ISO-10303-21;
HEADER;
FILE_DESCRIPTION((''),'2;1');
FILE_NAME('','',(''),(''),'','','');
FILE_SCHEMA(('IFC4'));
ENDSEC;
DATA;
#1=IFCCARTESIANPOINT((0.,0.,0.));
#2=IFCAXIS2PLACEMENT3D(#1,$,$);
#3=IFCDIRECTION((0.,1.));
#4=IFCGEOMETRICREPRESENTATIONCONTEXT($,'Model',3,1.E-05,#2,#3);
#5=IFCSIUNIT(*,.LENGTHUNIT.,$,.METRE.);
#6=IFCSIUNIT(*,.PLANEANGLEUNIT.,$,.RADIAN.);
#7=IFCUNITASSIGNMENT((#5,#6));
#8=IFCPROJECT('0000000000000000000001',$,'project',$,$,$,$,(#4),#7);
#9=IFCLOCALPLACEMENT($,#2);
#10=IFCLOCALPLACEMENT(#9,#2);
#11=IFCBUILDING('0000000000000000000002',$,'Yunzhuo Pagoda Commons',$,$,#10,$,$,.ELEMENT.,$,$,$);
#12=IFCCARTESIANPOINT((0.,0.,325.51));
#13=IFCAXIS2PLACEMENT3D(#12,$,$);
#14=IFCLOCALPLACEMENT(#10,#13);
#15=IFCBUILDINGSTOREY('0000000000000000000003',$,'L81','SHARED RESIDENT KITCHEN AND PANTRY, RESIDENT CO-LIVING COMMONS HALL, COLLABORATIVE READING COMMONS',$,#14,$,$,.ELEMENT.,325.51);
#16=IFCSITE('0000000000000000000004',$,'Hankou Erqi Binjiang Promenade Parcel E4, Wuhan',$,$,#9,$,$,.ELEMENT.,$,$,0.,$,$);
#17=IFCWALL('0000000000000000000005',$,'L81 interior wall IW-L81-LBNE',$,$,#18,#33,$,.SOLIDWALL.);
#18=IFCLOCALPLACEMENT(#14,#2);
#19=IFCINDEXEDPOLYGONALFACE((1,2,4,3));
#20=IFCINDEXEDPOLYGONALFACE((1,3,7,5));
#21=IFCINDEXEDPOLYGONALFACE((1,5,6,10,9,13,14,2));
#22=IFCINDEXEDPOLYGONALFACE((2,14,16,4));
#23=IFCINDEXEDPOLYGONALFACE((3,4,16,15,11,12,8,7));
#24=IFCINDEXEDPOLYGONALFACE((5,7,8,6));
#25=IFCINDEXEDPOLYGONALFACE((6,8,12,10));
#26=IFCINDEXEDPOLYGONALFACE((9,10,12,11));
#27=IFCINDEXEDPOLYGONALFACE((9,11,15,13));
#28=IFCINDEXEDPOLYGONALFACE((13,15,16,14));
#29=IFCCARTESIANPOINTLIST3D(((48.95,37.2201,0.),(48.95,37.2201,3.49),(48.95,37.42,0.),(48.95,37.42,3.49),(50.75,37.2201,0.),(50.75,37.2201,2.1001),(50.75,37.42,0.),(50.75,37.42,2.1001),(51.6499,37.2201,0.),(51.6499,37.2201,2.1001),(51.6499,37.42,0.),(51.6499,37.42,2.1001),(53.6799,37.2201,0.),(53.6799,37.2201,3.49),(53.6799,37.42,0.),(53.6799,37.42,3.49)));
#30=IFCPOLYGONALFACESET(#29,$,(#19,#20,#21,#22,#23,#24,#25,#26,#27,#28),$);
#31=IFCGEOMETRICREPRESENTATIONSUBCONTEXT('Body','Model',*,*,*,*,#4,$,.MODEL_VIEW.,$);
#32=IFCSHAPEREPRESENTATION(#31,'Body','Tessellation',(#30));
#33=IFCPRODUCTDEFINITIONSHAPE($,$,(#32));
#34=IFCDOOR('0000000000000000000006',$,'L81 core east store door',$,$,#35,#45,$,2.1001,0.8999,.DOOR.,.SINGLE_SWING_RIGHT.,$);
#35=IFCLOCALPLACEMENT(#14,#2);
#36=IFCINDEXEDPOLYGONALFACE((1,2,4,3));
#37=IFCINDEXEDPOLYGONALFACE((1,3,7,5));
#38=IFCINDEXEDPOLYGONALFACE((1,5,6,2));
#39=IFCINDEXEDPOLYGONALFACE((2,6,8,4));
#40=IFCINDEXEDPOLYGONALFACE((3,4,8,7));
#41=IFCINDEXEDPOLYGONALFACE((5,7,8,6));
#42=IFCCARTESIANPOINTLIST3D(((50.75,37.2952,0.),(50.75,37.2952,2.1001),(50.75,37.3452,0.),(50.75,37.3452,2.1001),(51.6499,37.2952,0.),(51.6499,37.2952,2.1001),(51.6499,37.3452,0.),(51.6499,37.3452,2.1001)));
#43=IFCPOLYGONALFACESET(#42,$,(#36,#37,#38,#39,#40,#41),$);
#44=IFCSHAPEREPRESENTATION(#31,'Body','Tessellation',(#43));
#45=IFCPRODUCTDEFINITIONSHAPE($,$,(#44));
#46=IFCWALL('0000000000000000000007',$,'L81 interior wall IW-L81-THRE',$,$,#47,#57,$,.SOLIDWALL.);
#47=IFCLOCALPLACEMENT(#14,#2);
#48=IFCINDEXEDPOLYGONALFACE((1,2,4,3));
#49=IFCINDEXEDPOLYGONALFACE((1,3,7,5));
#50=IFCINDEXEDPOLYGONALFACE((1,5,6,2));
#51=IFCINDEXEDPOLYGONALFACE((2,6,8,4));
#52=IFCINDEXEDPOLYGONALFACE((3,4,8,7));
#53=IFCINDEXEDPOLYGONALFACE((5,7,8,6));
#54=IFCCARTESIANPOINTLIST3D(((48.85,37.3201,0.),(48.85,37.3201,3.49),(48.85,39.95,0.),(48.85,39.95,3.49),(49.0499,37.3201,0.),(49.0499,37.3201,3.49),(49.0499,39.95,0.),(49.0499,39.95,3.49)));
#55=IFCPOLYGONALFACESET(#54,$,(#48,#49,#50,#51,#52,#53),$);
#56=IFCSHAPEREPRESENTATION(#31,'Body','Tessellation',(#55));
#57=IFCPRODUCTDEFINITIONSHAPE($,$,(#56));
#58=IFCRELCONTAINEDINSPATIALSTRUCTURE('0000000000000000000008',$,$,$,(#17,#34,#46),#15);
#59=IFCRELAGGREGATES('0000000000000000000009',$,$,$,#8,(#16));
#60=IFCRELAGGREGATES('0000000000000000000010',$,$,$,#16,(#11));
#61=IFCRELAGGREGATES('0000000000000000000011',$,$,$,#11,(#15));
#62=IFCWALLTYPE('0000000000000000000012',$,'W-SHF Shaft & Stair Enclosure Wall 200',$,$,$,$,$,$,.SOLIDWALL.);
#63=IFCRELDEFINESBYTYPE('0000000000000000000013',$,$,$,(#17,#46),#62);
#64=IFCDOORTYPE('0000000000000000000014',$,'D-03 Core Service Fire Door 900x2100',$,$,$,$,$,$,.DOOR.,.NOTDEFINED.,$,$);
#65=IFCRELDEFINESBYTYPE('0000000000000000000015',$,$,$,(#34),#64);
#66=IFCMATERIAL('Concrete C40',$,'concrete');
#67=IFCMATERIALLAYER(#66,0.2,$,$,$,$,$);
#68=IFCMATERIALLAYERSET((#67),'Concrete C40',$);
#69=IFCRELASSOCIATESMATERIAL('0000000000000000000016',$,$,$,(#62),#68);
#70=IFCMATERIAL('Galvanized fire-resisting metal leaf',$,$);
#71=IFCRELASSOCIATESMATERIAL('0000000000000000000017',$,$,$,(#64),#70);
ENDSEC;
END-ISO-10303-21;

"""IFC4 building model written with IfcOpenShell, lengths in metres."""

from ifc_helpers import new_model, si_unit, direction, frame, frame_2d, origin, place, context, subcontext, project, spatial, rectangle, extrude, source, transform, mapped, material, layer, layer_set, type_object, element, fill, save


model = new_model("IFC4")

# Units and contexts
model_context = context("Model", 3, precision=1e-05, world=origin(), true_north=direction((0.0, 1.0)))
body_context = subcontext(model_context, "Body", "Model", "MODEL_VIEW")
ifc_project = project(units=[si_unit("LENGTHUNIT", "METRE"), si_unit("PLANEANGLEUNIT", "RADIAN")], contexts=[model_context])

# Site, building, storey
site_placement = place(None, origin())
site = spatial("IfcSite", under=ifc_project, at=site_placement, Name="Hankou Erqi Binjiang Promenade Parcel E4, Wuhan", CompositionType="ELEMENT", RefElevation=0.0)
building_placement = place(site_placement, origin())
building = spatial("IfcBuilding", under=site, at=building_placement, Name="Yunzhuo Pagoda Commons", CompositionType="ELEMENT")
storey_placement = place(building_placement, frame((0.0, 0.0, 325.51)))
storey = spatial("IfcBuildingStorey", under=building, at=storey_placement, Name="L81", Description="SHARED RESIDENT KITCHEN AND PANTRY, RESIDENT CO-LIVING COMMONS HALL, COLLABORATIVE READING COMMONS", CompositionType="ELEMENT", Elevation=325.51)

# Shared definitions
ifc_material_1 = material(Name="Galvanized fire-resisting metal leaf")

# Shared definitions
ifc_material_2 = material(Name="Concrete C40", Category="concrete")
ifc_layer_1 = layer(ifc_material_2, 0.2)
ifc_layer_set_1 = layer_set([ifc_layer_1], Name="Concrete C40")
wall_type_1 = type_object("IfcWallType", Name="W-SHF Shaft & Stair Enclosure Wall 200", PredefinedType="SOLIDWALL", material=ifc_layer_set_1)

# Wall, opening, door
wall_1_placement = place(storey_placement, frame((48.95, 37.3201, 0.0), z_axis=(0.0, 0.0, 1.0), x_axis=(1.0, 0.0, 0.0)))
wall_1 = element("IfcWall", 1, at=wall_1_placement, inside=storey, type_object=wall_type_1, Name="L81 interior wall IW-L81-LBNE", PredefinedType="SOLIDWALL", context=body_context, shape_type="SweptSolid", body=[
    extrude(rectangle(XDim=4.73, YDim=0.2, at=frame_2d((2.365, 0.0))), origin(), (0.0, 0.0, 1.0), 3.49),
])
opening_1_placement = place(wall_1_placement, frame((1.8, 0.0, 0.0)))
opening_1 = element("IfcOpeningElement", 2, at=opening_1_placement, cuts=wall_1, PredefinedType="OPENING", context=body_context, shape_type="SweptSolid", body=[
    extrude(rectangle(XDim=0.8999, YDim=2.1001, at=frame_2d((0.45, 1.05))), frame((0.0, 0.1099, 0.0), z_axis=(0.0, -1.0, 0.0), x_axis=(1.0, 0.0, 0.0)), (0.0, 0.0, 1.0), 0.22),
])
door_type_1 = type_object("IfcDoorType", Name="D-03 Core Service Fire Door 900x2100", OperationType="NOTDEFINED", PredefinedType="DOOR", material=ifc_material_1)
shared_shape_1 = source(origin(), body_context, "Body", "SweptSolid", [
    extrude(rectangle(XDim=0.8999, YDim=2.1001, at=frame_2d((0.45, 1.05))), frame((0.0, 0.0249, 0.0), z_axis=(0.0, -1.0, 0.0), x_axis=(1.0, 0.0, 0.0)), (0.0, 0.0, 1.0), 0.05),
])
door_1_placement = place(opening_1_placement, frame((0.8999, 0.0, 0.0), z_axis=(0.0, 0.0, 1.0), x_axis=(-1.0, 0.0, 0.0)))
door_1 = element("IfcDoor", 3, at=door_1_placement, inside=storey, type_object=door_type_1, Name="L81 core east store door", OperationType="SINGLE_SWING_RIGHT", OverallHeight=2.1001, OverallWidth=0.8999, PredefinedType="DOOR", context=body_context, shape_type="MappedRepresentation", body=[
    mapped(shared_shape_1, transform((0.0, 0.0, 0.0), scale=1.0)),
])
fill(opening_1, door_1)

# Wall
wall_2_placement = place(storey_placement, frame((48.95, 37.3201, 0.0), z_axis=(0.0, 0.0, 1.0), x_axis=(0.0, 1.0, 0.0)))
element("IfcWall", 4, at=wall_2_placement, inside=storey, type_object=wall_type_1, Name="L81 interior wall IW-L81-THRE", PredefinedType="SOLIDWALL", context=body_context, shape_type="SweptSolid", body=[
    extrude(rectangle(XDim=2.6299, YDim=0.2, at=frame_2d((1.3149, 0.0))), origin(), (0.0, 0.0, 1.0), 3.49),
])

save(model, "model.ifc")
